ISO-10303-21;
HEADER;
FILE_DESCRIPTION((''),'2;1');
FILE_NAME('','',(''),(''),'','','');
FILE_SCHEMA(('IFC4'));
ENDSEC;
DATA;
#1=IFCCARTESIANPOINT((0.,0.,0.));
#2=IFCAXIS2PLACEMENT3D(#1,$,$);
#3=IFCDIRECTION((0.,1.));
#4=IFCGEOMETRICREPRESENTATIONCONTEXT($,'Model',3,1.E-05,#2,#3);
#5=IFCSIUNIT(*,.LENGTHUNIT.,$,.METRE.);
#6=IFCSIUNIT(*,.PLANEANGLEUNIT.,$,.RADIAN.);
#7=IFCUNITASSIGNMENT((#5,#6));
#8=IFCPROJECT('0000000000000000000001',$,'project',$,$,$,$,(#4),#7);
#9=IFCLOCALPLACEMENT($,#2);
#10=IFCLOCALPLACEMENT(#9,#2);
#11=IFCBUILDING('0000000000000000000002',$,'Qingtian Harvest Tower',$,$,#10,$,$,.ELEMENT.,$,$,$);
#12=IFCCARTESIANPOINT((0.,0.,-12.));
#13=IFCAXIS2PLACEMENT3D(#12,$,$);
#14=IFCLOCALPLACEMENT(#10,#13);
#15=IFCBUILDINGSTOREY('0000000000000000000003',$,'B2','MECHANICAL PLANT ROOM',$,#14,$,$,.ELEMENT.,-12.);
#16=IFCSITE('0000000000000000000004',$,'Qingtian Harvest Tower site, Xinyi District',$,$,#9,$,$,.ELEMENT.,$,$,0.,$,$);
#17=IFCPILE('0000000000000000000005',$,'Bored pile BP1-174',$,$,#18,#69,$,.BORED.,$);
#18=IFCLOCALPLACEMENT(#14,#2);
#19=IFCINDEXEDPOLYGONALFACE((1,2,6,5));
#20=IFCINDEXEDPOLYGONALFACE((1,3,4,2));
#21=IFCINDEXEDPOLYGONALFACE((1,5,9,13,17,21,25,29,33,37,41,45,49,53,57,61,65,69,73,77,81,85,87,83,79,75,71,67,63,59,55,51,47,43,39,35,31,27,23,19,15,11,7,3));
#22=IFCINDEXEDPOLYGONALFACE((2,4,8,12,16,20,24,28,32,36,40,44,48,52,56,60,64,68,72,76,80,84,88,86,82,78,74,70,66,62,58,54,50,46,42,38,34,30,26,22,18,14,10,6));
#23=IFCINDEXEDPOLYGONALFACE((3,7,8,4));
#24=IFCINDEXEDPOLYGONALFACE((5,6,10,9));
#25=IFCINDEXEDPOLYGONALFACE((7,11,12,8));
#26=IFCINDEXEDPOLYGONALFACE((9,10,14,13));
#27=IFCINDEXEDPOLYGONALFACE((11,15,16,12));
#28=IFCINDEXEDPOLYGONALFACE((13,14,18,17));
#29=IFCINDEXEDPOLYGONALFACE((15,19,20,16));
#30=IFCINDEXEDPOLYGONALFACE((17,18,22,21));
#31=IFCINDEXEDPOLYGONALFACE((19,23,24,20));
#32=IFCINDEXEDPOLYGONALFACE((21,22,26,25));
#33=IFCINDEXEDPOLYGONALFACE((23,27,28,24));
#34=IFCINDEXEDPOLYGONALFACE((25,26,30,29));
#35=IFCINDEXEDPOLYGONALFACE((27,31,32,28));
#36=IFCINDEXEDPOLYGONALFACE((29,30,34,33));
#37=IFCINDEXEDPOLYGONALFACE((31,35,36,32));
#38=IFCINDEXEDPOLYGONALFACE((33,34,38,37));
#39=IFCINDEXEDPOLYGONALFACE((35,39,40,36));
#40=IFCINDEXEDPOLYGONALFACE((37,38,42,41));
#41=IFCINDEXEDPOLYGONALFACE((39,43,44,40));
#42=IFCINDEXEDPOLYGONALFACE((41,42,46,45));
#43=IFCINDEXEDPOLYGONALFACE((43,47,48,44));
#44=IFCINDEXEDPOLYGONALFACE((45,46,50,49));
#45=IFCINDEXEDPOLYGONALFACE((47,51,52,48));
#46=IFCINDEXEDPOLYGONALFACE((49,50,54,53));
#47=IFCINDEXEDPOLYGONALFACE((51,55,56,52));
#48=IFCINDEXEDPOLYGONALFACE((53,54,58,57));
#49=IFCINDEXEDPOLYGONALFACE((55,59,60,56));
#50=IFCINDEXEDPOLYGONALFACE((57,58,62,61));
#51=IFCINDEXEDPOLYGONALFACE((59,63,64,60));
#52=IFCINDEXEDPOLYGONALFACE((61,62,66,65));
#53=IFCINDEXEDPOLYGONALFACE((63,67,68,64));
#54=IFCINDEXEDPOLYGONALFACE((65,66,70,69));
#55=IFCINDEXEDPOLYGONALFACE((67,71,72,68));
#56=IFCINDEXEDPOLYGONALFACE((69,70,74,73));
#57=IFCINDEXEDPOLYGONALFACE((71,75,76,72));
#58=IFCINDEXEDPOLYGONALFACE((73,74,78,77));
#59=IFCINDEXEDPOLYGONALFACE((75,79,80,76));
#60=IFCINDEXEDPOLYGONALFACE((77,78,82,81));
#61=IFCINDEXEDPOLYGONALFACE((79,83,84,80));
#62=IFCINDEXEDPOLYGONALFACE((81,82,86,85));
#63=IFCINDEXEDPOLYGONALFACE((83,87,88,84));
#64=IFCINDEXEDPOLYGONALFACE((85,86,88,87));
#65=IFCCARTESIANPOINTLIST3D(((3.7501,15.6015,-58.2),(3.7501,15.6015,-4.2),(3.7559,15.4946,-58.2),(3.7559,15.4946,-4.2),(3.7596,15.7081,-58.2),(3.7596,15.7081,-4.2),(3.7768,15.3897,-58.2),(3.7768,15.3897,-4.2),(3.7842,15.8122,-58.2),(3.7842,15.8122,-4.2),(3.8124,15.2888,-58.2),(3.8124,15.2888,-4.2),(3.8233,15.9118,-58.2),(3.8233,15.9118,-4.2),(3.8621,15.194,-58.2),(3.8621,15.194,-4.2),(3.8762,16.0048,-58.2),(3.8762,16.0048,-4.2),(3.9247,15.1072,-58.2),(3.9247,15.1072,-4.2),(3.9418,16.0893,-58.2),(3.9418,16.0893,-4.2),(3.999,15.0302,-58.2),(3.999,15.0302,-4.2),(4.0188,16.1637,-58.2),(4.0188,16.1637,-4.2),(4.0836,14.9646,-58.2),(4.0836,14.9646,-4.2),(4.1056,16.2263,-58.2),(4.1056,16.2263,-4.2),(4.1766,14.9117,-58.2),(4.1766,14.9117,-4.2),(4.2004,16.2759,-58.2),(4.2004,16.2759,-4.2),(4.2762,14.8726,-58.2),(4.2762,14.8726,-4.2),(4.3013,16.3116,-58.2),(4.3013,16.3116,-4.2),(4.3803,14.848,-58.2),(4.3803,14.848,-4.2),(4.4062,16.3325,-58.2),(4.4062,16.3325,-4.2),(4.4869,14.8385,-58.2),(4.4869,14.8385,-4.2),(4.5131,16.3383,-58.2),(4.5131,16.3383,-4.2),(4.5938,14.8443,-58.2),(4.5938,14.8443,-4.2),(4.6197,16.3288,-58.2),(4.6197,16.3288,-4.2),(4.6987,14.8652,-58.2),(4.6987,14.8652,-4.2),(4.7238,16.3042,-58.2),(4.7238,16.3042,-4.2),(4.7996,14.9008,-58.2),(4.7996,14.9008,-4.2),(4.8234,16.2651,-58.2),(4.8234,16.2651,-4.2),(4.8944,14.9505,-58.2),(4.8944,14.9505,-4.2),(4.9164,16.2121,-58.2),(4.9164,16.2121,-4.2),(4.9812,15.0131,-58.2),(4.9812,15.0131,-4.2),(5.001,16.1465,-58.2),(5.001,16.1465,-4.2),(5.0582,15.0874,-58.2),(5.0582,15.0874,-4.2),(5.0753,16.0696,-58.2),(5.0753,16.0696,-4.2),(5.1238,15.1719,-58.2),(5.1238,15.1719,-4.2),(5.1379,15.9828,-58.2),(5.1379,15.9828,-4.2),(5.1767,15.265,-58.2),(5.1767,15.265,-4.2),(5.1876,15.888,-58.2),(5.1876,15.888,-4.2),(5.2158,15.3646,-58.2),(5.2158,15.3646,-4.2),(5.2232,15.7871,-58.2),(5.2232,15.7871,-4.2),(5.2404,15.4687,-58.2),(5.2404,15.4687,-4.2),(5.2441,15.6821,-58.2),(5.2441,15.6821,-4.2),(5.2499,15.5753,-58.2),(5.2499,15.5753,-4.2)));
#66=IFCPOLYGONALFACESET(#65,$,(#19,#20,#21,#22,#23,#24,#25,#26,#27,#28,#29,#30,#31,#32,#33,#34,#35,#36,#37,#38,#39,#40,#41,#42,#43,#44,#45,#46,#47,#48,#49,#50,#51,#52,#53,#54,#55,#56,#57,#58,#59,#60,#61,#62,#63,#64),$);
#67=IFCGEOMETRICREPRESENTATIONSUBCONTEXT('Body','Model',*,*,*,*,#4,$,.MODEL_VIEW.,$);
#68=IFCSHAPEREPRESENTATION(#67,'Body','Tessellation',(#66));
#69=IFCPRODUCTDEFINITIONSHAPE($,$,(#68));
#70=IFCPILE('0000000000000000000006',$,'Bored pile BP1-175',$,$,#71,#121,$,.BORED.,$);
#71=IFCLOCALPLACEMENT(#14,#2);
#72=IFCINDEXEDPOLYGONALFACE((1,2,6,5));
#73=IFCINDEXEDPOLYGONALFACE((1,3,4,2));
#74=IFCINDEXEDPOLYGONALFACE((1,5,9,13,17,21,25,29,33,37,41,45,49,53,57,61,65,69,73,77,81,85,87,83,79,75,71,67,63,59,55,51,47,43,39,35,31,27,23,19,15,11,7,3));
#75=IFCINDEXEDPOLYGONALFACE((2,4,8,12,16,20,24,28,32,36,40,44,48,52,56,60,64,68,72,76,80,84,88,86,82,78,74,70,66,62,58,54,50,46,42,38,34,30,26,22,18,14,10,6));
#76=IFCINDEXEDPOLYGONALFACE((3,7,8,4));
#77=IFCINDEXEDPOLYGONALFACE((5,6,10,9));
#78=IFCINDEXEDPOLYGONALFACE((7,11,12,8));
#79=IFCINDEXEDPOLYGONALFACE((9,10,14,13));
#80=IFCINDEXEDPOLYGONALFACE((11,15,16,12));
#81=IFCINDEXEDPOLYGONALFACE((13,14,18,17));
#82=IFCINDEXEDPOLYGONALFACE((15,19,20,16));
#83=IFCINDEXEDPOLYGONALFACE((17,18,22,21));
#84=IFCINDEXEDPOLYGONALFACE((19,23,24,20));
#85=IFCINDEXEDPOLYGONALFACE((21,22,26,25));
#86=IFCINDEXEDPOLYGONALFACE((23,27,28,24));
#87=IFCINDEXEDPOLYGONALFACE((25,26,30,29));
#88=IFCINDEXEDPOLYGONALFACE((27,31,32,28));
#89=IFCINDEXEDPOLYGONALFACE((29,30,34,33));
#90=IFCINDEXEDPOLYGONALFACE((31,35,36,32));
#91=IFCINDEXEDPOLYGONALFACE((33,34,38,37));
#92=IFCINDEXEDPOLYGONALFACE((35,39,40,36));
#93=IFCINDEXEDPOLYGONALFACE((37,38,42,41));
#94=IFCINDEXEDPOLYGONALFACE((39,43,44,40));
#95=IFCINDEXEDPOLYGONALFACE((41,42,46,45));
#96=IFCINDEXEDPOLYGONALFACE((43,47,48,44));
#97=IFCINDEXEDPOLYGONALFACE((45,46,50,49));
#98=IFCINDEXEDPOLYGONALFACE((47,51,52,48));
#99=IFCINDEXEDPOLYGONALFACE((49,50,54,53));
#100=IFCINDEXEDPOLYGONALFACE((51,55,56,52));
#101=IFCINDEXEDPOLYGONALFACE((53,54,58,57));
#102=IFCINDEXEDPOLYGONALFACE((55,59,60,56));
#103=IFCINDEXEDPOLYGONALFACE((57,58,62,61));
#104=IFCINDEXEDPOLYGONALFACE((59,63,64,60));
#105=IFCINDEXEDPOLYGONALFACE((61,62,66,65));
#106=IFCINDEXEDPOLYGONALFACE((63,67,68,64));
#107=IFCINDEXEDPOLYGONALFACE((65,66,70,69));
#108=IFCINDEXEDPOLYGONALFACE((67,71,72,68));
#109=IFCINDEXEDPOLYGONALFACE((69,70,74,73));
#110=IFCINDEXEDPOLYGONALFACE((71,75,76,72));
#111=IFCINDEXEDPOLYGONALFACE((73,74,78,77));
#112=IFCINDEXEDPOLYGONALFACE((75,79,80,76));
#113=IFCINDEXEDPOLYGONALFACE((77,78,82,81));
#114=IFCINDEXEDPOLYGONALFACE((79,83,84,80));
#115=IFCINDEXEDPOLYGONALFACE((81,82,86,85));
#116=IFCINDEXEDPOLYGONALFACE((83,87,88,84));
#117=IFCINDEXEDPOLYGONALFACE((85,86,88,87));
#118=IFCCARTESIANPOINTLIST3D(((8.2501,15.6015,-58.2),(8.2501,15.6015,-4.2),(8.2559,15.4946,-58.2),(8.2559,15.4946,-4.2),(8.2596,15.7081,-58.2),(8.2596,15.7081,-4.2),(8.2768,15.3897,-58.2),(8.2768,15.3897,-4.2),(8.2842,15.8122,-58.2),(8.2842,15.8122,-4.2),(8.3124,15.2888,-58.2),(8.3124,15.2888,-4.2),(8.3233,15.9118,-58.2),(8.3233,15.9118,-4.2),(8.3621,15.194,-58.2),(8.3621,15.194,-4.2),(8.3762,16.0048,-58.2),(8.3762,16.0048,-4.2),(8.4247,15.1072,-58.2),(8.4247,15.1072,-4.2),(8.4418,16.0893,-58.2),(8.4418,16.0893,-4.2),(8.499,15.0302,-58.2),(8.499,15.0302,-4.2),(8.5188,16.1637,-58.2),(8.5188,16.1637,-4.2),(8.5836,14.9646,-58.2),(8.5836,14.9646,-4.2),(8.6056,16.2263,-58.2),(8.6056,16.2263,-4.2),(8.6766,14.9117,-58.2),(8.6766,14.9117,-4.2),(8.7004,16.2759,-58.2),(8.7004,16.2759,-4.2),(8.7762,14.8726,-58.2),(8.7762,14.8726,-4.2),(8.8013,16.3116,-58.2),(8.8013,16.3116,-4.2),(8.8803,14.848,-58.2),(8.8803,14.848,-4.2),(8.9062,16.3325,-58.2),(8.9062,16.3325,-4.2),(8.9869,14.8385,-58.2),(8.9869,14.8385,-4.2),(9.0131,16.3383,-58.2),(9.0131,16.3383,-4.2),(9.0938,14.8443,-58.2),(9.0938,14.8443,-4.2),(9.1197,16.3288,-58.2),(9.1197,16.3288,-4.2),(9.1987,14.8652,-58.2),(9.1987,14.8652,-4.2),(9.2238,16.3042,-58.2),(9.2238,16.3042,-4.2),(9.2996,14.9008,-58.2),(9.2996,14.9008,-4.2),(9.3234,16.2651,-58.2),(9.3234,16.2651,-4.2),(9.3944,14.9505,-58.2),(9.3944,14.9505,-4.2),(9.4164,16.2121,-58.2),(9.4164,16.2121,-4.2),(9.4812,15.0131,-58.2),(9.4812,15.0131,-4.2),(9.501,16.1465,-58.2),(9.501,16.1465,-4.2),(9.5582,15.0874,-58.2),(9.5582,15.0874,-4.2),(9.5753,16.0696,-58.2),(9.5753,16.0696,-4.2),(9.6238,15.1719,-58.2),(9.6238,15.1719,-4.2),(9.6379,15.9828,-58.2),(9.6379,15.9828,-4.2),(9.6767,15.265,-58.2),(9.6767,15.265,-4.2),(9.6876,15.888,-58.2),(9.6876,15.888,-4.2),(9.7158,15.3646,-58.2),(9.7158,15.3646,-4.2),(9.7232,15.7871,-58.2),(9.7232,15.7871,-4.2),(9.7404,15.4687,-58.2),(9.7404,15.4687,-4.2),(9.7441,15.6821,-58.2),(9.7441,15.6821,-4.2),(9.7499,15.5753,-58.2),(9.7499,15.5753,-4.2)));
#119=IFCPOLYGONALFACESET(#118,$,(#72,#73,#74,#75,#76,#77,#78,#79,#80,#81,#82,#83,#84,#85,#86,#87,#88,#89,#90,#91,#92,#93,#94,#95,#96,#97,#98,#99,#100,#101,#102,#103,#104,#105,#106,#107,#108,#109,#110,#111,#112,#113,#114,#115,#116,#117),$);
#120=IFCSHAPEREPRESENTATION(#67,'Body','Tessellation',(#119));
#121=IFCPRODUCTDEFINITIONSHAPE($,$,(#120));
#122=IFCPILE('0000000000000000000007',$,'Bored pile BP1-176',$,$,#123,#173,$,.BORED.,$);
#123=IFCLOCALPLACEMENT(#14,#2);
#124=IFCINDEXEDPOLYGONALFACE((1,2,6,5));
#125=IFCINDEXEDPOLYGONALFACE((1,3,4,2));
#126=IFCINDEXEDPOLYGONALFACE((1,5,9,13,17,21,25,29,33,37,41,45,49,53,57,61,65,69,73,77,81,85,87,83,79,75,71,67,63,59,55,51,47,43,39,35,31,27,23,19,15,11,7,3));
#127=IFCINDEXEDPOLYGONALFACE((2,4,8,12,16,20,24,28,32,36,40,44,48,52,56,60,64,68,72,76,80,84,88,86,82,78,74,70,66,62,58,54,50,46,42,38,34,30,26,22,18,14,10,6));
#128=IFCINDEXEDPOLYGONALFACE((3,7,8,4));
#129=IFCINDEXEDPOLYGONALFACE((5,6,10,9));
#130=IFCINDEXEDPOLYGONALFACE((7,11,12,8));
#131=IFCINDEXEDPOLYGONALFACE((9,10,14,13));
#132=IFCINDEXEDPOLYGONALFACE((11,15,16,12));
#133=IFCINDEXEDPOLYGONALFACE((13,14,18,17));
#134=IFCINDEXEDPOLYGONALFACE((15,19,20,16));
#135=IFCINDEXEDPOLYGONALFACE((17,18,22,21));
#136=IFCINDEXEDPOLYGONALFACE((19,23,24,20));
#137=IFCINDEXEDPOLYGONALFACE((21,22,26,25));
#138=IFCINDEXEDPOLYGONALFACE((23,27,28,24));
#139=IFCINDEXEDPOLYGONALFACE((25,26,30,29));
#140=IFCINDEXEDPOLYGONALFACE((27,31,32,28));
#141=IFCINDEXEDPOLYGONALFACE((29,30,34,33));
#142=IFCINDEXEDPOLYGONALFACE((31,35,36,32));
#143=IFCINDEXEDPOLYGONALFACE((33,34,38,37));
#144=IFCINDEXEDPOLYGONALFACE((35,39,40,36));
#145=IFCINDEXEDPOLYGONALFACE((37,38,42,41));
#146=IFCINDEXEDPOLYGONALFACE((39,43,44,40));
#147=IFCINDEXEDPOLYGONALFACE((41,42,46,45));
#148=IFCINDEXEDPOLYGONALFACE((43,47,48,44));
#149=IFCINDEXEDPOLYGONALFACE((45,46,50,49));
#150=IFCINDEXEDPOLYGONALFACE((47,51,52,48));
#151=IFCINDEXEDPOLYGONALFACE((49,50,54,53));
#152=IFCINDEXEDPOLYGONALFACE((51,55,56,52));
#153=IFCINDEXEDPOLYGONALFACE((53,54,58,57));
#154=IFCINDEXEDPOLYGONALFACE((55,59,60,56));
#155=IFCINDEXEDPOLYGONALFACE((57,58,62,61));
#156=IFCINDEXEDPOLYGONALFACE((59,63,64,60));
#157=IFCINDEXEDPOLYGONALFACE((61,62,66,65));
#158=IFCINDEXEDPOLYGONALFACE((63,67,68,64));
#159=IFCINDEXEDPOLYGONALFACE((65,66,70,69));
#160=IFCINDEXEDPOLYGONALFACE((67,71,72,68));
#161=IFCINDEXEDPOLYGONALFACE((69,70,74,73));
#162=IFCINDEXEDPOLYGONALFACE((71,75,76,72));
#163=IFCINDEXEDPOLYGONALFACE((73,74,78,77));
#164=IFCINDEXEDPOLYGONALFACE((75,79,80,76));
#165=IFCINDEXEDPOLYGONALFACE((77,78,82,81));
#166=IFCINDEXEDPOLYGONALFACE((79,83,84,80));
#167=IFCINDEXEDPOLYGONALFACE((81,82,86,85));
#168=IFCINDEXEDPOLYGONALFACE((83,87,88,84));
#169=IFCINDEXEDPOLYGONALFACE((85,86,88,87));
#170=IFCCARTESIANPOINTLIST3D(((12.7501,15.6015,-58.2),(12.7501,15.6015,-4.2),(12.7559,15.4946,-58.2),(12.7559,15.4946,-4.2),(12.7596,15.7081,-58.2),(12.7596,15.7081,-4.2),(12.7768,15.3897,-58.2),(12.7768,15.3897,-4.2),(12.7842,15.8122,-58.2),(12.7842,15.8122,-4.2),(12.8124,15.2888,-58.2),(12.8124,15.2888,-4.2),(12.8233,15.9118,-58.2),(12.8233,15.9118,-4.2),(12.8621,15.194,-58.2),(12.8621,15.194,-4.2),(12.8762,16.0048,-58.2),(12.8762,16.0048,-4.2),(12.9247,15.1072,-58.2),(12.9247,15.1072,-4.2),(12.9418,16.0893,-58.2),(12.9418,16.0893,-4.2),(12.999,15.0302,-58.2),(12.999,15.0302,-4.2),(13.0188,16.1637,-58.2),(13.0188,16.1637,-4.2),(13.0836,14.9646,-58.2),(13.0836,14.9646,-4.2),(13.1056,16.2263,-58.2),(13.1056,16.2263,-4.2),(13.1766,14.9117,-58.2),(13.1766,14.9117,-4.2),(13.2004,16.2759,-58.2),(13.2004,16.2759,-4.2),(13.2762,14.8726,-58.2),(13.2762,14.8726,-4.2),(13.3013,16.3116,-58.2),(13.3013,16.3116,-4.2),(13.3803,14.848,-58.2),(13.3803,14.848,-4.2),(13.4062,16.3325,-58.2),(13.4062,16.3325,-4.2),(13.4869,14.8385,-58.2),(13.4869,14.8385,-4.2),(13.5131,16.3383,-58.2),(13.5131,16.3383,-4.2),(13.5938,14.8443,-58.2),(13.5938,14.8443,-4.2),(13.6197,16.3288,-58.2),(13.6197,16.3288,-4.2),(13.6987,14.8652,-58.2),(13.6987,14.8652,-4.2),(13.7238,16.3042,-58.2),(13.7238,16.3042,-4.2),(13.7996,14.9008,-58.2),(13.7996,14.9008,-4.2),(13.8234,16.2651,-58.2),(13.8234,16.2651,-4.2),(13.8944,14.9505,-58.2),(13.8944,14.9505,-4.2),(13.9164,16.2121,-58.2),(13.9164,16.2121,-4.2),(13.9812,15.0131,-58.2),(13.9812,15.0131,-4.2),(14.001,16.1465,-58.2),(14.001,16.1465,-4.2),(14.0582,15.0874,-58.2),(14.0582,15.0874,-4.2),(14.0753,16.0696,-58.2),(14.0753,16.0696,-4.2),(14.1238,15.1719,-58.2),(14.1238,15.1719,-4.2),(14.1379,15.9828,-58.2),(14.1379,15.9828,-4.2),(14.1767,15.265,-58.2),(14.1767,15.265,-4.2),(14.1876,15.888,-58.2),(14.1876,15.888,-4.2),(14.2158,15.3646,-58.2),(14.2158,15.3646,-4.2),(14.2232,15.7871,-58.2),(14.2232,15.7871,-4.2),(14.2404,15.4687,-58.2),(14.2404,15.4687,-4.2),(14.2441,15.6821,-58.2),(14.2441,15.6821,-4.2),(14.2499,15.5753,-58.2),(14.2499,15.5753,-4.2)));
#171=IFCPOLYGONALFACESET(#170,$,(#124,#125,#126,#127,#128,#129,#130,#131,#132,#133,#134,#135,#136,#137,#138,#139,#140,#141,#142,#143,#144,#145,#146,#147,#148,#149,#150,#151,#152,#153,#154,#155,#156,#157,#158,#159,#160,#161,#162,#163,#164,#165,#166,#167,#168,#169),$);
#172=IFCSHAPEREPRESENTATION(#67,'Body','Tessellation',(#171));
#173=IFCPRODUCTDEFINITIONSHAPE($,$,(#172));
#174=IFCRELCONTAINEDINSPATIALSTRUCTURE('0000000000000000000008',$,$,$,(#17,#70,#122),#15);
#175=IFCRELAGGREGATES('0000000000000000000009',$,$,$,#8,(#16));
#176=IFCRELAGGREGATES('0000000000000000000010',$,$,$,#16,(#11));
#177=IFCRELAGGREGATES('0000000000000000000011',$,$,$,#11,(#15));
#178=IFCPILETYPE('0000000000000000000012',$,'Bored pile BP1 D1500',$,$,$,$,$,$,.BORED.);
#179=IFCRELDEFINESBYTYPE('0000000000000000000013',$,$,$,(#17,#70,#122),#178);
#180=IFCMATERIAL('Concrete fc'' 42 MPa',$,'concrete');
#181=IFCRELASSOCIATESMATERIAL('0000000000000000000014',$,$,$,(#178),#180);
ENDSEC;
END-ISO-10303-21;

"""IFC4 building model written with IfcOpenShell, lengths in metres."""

from ifc_helpers import new_model, si_unit, direction, frame, frame_2d, origin, place, context, subcontext, project, spatial, circle, extrude, material, material_profile, profile_set, type_object, element, save


model = new_model("IFC4")

# Units and contexts
model_context = context("Model", 3, precision=1e-05, world=origin(), true_north=direction((0.0, 1.0)))
body_context = subcontext(model_context, "Body", "Model", "MODEL_VIEW")
ifc_project = project(units=[si_unit("LENGTHUNIT", "METRE"), si_unit("PLANEANGLEUNIT", "RADIAN")], contexts=[model_context])

# Site, building, storey
site_placement = place(None, origin())
site = spatial("IfcSite", under=ifc_project, at=site_placement, Name="Qingtian Harvest Tower site, Xinyi District", CompositionType="ELEMENT", RefElevation=0.0)
building_placement = place(site_placement, origin())
building = spatial("IfcBuilding", under=site, at=building_placement, Name="Qingtian Harvest Tower", CompositionType="ELEMENT")
storey_placement = place(building_placement, frame((0.0, 0.0, -12.0)))
storey = spatial("IfcBuildingStorey", under=building, at=storey_placement, Name="B2", Description="MECHANICAL PLANT ROOM", CompositionType="ELEMENT", Elevation=-12.0)

# Piles
ifc_material_1 = material(Name="Concrete fc' 42 MPa", Category="concrete")
ifc_material_profile_1 = material_profile(ifc_material_1, circle(Radius=0.75, at=frame_2d((0.0, 0.0), x_axis=(0.999848, 0.017452))), Name="Bored pile BP1 D1500")
ifc_profile_set_1 = profile_set([ifc_material_profile_1], Name="Concrete fc' 42 MPa")
pile_type = type_object("IfcPileType", Name="Bored pile BP1 D1500", PredefinedType="BORED", material=ifc_profile_set_1)
for number, where, z_axis, x_axis, name in (
    (1, (4.5, 15.5884, -4.2), (0.0, 0.0, -1.0), (1.0, 0.0, 0.0), "Bored pile BP1-174"),
    (2, (9.0, 15.5884, -4.2), (0.0, 0.0, -1.0), (1.0, 0.0, 0.0), "Bored pile BP1-175"),
    (3, (13.5, 15.5884, -4.2), (0.0, 0.0, -1.0), (1.0, 0.0, 0.0), "Bored pile BP1-176"),
):
    element("IfcPile", number, at=place(storey_placement, frame(where, z_axis=z_axis, x_axis=x_axis)), inside=storey, type_object=pile_type, Name=name, PredefinedType="BORED", context=body_context, shape_type="SweptSolid", body=[
        extrude(circle(Radius=0.75, at=frame_2d((0.0, 0.0), x_axis=(0.999848, 0.017452))), origin(), (0.0, 0.0, 1.0), 54.0),
    ])

save(model, "model.ifc")
